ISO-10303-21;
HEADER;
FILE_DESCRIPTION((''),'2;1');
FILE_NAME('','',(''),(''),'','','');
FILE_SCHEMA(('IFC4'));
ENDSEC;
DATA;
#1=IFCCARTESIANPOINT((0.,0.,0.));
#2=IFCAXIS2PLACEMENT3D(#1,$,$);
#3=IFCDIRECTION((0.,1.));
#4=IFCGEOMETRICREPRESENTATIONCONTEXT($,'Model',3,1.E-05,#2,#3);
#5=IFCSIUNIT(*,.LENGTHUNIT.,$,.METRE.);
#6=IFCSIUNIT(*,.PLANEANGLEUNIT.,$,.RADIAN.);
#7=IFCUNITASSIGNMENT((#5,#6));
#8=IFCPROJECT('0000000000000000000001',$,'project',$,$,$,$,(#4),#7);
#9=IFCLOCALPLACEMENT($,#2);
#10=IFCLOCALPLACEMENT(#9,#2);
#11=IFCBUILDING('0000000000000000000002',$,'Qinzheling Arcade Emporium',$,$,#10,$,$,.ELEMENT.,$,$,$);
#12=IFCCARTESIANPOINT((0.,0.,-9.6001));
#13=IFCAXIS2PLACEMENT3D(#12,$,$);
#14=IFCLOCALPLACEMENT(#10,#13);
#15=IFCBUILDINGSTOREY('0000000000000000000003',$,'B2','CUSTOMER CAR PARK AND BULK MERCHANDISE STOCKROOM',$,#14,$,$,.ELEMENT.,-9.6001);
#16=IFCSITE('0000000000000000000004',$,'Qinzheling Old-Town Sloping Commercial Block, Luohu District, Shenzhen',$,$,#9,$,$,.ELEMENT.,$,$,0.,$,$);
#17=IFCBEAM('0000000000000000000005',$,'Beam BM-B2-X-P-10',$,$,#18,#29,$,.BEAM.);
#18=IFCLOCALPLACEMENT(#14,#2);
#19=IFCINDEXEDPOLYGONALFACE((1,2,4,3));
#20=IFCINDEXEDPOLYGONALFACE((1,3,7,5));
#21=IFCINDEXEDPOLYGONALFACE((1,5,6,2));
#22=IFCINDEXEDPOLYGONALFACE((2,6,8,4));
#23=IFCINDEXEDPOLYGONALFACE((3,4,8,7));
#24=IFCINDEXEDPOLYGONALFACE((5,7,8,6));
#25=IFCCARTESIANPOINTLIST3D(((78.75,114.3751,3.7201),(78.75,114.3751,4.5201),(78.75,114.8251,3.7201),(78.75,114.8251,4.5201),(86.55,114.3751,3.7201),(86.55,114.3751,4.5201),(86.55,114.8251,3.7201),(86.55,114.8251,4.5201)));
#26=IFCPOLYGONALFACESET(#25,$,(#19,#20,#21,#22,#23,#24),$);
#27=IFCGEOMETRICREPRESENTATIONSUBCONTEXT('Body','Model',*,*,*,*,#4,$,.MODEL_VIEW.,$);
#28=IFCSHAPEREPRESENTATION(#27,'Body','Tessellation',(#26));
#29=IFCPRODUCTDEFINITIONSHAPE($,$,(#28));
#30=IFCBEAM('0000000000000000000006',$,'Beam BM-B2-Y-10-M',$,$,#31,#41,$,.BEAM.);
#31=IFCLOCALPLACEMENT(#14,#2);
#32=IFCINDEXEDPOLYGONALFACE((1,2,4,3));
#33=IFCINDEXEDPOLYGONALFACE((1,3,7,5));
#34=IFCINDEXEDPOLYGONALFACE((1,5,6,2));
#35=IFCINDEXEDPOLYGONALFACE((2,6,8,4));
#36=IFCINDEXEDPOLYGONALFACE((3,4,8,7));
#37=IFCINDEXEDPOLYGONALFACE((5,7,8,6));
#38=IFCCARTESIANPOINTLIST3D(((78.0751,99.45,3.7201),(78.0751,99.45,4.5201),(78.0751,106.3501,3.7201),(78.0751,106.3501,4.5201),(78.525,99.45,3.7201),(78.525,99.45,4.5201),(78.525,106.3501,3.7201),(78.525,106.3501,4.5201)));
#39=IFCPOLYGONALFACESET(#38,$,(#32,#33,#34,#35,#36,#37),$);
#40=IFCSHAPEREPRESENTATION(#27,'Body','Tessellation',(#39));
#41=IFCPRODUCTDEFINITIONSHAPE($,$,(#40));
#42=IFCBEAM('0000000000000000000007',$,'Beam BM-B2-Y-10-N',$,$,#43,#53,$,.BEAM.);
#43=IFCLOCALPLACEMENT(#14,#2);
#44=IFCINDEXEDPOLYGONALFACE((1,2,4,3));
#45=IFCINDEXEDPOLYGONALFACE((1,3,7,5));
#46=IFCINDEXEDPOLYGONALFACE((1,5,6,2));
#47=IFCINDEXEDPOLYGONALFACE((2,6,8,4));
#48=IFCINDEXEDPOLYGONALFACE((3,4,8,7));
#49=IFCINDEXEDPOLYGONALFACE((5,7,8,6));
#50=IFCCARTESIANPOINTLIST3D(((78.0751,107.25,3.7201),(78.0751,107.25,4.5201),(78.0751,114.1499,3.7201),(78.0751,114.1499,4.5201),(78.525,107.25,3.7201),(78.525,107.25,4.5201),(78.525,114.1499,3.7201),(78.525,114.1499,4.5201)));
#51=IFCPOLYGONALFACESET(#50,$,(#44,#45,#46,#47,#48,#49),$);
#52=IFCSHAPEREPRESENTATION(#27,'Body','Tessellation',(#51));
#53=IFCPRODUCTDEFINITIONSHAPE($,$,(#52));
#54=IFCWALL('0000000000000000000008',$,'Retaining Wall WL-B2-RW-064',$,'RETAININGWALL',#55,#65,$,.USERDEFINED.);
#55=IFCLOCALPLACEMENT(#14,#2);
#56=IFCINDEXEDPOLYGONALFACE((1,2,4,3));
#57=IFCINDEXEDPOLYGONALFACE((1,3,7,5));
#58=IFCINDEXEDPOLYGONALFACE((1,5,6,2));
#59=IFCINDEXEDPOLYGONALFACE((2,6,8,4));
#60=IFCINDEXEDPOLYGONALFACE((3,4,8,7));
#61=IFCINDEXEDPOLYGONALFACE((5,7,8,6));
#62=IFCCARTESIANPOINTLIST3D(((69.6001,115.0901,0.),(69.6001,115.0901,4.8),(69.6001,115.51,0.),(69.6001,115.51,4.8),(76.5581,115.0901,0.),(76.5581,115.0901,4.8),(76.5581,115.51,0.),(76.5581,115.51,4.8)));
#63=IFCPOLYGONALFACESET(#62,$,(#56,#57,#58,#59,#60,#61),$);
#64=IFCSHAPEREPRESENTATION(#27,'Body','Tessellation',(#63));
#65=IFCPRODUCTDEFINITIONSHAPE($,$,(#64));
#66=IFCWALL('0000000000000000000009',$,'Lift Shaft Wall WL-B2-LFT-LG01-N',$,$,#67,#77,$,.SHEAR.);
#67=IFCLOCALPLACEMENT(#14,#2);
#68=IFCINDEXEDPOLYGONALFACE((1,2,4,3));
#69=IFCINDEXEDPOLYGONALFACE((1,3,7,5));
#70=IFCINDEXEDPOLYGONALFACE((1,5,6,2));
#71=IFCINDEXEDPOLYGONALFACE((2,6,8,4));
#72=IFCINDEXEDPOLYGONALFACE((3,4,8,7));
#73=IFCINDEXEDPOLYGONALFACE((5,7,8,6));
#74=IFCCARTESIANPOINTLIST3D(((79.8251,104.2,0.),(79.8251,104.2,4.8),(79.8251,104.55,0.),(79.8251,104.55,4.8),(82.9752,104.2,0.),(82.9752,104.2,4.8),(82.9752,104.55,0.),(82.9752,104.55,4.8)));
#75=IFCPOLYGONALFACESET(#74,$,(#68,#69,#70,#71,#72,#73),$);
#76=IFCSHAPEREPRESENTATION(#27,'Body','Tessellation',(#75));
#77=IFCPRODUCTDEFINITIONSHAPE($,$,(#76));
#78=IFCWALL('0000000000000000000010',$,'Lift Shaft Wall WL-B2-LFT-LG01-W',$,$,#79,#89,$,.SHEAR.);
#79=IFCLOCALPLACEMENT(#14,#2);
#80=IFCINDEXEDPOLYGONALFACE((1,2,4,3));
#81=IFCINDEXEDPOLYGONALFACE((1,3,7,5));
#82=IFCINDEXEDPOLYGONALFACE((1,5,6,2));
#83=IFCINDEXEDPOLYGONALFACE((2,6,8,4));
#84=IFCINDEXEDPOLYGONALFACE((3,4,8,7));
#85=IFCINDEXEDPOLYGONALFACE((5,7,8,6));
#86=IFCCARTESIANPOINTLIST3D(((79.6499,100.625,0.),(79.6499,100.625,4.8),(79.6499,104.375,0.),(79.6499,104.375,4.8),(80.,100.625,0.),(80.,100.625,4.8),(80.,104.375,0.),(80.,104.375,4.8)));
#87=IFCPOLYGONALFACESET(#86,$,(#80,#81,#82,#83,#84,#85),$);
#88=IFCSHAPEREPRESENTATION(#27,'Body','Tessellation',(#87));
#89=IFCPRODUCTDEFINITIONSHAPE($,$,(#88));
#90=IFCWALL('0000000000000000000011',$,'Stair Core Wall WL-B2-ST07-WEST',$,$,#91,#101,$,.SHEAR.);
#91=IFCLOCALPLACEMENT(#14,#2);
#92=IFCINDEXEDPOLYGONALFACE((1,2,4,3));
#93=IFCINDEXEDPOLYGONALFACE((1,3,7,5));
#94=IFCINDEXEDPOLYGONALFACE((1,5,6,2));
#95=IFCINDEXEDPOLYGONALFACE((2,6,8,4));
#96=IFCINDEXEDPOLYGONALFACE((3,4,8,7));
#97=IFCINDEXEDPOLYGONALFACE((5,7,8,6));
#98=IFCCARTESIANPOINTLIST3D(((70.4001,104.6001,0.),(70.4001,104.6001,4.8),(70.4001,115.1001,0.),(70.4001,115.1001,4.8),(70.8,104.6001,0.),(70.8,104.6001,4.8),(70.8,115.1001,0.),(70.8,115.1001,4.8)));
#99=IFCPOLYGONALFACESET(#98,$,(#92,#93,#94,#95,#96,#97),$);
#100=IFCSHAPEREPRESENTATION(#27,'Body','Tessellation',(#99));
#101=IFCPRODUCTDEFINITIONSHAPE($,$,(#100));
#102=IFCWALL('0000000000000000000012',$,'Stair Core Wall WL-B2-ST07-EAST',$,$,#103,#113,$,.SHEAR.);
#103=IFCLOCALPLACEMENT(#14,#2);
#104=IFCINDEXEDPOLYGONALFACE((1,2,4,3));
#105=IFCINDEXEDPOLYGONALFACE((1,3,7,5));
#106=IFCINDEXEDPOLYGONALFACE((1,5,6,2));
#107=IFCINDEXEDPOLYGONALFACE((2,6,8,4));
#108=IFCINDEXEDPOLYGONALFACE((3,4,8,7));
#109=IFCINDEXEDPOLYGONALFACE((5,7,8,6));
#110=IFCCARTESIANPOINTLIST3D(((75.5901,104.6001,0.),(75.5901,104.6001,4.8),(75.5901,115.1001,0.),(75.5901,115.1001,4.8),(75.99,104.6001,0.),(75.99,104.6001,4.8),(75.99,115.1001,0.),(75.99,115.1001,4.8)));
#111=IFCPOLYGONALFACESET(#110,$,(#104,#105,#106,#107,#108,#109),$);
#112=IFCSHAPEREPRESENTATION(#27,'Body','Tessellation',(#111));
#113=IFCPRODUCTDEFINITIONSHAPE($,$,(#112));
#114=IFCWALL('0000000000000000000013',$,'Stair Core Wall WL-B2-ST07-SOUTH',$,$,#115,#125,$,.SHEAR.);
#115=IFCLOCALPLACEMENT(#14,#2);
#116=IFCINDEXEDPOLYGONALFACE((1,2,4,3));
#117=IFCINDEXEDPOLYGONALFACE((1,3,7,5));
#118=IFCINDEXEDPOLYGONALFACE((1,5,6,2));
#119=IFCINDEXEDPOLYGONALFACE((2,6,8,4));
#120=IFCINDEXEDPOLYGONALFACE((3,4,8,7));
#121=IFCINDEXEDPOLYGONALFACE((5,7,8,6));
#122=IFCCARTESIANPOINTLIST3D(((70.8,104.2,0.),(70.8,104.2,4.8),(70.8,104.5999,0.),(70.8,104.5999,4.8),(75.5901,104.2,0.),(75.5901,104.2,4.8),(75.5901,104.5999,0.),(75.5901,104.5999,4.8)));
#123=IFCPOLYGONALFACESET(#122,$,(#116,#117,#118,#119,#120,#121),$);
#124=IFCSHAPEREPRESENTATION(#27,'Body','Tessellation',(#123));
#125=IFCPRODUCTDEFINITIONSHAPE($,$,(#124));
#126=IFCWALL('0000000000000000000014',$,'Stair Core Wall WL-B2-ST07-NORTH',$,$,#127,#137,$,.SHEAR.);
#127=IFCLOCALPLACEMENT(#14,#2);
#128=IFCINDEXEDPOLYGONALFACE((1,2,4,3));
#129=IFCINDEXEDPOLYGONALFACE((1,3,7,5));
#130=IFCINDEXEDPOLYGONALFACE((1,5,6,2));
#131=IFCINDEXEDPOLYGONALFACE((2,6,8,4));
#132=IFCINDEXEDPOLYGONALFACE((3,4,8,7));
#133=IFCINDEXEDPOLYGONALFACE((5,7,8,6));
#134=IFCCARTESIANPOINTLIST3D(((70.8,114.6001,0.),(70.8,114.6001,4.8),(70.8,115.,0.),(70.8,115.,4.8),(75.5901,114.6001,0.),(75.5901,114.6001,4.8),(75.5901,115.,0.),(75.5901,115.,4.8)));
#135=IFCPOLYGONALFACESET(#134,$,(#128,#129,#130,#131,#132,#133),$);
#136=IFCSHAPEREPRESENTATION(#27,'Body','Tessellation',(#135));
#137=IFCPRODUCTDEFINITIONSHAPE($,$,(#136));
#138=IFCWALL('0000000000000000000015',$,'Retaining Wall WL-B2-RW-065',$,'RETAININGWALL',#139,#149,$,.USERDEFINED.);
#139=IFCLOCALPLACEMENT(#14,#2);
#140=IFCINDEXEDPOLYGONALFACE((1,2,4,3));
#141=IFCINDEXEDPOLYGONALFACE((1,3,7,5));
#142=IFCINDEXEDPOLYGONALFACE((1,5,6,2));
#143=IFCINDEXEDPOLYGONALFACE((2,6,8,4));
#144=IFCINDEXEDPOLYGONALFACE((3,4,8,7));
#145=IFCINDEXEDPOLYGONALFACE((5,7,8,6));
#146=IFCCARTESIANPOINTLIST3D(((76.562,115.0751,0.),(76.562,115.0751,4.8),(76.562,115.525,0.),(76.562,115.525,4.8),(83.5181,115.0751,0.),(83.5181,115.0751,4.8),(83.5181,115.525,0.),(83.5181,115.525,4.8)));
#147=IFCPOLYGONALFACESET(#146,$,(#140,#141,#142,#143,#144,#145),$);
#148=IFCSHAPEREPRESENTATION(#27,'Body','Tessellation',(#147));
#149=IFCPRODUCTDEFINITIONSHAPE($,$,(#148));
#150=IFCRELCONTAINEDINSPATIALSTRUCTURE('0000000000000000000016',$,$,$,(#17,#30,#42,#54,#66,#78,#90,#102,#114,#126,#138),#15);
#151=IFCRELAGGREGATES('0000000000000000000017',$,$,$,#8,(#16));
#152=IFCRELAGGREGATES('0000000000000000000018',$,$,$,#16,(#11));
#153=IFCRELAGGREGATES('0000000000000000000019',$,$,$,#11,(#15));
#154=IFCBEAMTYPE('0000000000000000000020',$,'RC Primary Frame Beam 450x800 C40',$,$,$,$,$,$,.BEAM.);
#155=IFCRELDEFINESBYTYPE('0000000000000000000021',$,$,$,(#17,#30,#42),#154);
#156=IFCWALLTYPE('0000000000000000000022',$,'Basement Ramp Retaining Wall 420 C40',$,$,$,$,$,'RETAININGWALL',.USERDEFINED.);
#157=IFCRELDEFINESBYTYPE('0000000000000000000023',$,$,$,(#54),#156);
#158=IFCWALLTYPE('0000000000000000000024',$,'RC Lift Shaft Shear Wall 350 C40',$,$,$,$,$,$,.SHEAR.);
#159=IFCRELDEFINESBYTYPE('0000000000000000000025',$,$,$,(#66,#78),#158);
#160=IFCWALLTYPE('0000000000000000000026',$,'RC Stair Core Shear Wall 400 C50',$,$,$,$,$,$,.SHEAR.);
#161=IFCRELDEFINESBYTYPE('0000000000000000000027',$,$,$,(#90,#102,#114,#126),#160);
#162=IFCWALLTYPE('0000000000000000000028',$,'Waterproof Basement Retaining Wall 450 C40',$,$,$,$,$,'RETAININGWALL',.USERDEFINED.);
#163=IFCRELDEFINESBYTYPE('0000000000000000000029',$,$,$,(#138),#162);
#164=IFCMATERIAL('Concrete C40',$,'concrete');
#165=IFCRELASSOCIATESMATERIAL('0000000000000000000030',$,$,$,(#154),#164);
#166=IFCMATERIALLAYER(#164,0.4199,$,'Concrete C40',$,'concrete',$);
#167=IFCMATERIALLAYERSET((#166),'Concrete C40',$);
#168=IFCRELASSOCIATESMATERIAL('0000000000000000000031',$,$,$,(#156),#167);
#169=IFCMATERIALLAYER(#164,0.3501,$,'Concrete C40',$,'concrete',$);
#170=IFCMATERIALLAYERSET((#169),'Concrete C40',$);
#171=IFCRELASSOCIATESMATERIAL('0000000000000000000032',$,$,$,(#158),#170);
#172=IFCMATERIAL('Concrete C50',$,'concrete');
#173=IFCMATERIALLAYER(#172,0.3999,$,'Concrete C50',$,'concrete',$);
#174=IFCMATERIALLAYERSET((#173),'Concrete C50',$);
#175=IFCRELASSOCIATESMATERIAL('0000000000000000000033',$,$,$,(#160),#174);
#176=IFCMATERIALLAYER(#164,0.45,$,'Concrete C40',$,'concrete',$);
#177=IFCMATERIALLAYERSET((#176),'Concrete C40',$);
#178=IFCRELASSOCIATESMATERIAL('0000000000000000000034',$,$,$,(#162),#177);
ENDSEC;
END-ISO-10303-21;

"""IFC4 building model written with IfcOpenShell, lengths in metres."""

from ifc_helpers import new_model, si_unit, direction, frame, frame_2d, origin, origin_2d, place, context, subcontext, project, spatial, rectangle, extrude, material, layer, layer_set, material_profile, profile_set, type_object, element, save


model = new_model("IFC4")

# Units and contexts
model_context = context("Model", 3, precision=1e-05, world=origin(), true_north=direction((0.0, 1.0)))
body_context = subcontext(model_context, "Body", "Model", "MODEL_VIEW")
ifc_project = project(units=[si_unit("LENGTHUNIT", "METRE"), si_unit("PLANEANGLEUNIT", "RADIAN")], contexts=[model_context])

# Site, building, storey
site_placement = place(None, origin())
site = spatial("IfcSite", under=ifc_project, at=site_placement, Name="Qinzheling Old-Town Sloping Commercial Block, Luohu District, Shenzhen", CompositionType="ELEMENT", RefElevation=0.0)
building_placement = place(site_placement, origin())
building = spatial("IfcBuilding", under=site, at=building_placement, Name="Qinzheling Arcade Emporium", CompositionType="ELEMENT")
storey_placement = place(building_placement, frame((0.0, 0.0, -9.6001)))
storey = spatial("IfcBuildingStorey", under=building, at=storey_placement, Name="B2", Description="CUSTOMER CAR PARK AND BULK MERCHANDISE STOCKROOM", CompositionType="ELEMENT", Elevation=-9.6001)

# Shared definitions
ifc_material_1 = material(Name="Concrete C40", Category="concrete")

# Shared definitions
ifc_material_2 = material(Name="Concrete C50", Category="concrete")

# Beams
ifc_material_profile_1 = material_profile(ifc_material_1, rectangle(XDim=0.45, YDim=0.8, at=origin_2d()), Name="RC 450x800", Category="concrete")
ifc_profile_set_1 = profile_set([ifc_material_profile_1], Name="Concrete C40")
beam_type = type_object("IfcBeamType", Name="RC Primary Frame Beam 450x800 C40", PredefinedType="BEAM", material=ifc_profile_set_1)
for number, where, z_axis, x_axis, name in (
    (1, (78.75, 114.6001, 4.1201), (1.0, 0.0, 0.0), (0.0, 1.0, 0.0), "Beam BM-B2-X-P-10"),
):
    element("IfcBeam", number, at=place(storey_placement, frame(where, z_axis=z_axis, x_axis=x_axis)), inside=storey, type_object=beam_type, Name=name, PredefinedType="BEAM", context=body_context, shape_type="SweptSolid", body=[
        extrude(rectangle(XDim=0.45, YDim=0.8, at=origin_2d()), origin(), (0.0, 0.0, 1.0), 7.8),
    ])
beam_1_placement = place(storey_placement, frame((78.3, 99.45, 4.1201), z_axis=(0.0, 1.0, 0.0), x_axis=(-1.0, 0.0, 0.0)))
element("IfcBeam", 2, at=beam_1_placement, inside=storey, type_object=beam_type, Name="Beam BM-B2-Y-10-M", PredefinedType="BEAM", context=body_context, shape_type="SweptSolid", body=[
    extrude(rectangle(XDim=0.45, YDim=0.8, at=origin_2d()), origin(), (0.0, 0.0, 1.0), 6.9001),
])
beam_2_placement = place(storey_placement, frame((78.3, 107.25, 4.1201), z_axis=(0.0, 1.0, 0.0), x_axis=(-1.0, 0.0, 0.0)))
element("IfcBeam", 3, at=beam_2_placement, inside=storey, type_object=beam_type, Name="Beam BM-B2-Y-10-N", PredefinedType="BEAM", context=body_context, shape_type="SweptSolid", body=[
    extrude(rectangle(XDim=0.45, YDim=0.8, at=origin_2d()), origin(), (0.0, 0.0, 1.0), 6.8999),
])

# Walls
ifc_layer_1 = layer(ifc_material_1, 0.4199, Name="Concrete C40", Category="concrete")
ifc_layer_set_1 = layer_set([ifc_layer_1], Name="Concrete C40")
wall_type_1 = type_object("IfcWallType", Name="Basement Ramp Retaining Wall 420 C40", ElementType="RETAININGWALL", PredefinedType="USERDEFINED", material=ifc_layer_set_1)
wall_1_placement = place(storey_placement, frame((69.6001, 115.3, 0.0), z_axis=(0.0, 0.0, 1.0), x_axis=(1.0, 0.0, 0.0)))
element("IfcWall", 4, at=wall_1_placement, inside=storey, type_object=wall_type_1, Name="Retaining Wall WL-B2-RW-064", ObjectType="RETAININGWALL", PredefinedType="USERDEFINED", context=body_context, shape_type="SweptSolid", body=[
    extrude(rectangle(XDim=6.958, YDim=0.4199, at=frame_2d((3.479, 0.0))), origin(), (0.0, 0.0, 1.0), 4.8),
])
ifc_layer_2 = layer(ifc_material_1, 0.3501, Name="Concrete C40", Category="concrete")
ifc_layer_set_2 = layer_set([ifc_layer_2], Name="Concrete C40")
wall_type_2 = type_object("IfcWallType", Name="RC Lift Shaft Shear Wall 350 C40", PredefinedType="SHEAR", material=ifc_layer_set_2)
wall_2_placement = place(storey_placement, frame((79.825, 104.375, 0.0), z_axis=(0.0, 0.0, 1.0), x_axis=(1.0, 0.0, 0.0)))
element("IfcWall", 5, at=wall_2_placement, inside=storey, type_object=wall_type_2, Name="Lift Shaft Wall WL-B2-LFT-LG01-N", PredefinedType="SHEAR", context=body_context, shape_type="SweptSolid", body=[
    extrude(rectangle(XDim=3.1501, YDim=0.3501, at=frame_2d((1.5752, 0.0))), origin(), (0.0, 0.0, 1.0), 4.8),
])
wall_3_placement = place(storey_placement, frame((79.825, 100.625, 0.0), z_axis=(0.0, 0.0, 1.0), x_axis=(0.0, 1.0, 0.0)))
element("IfcWall", 6, at=wall_3_placement, inside=storey, type_object=wall_type_2, Name="Lift Shaft Wall WL-B2-LFT-LG01-W", PredefinedType="SHEAR", context=body_context, shape_type="SweptSolid", body=[
    extrude(rectangle(XDim=3.75, YDim=0.3501, at=frame_2d((1.875, 0.0))), origin(), (0.0, 0.0, 1.0), 4.8),
])
ifc_layer_3 = layer(ifc_material_2, 0.3999, Name="Concrete C50", Category="concrete")
ifc_layer_set_3 = layer_set([ifc_layer_3], Name="Concrete C50")
wall_type_3 = type_object("IfcWallType", Name="RC Stair Core Shear Wall 400 C50", PredefinedType="SHEAR", material=ifc_layer_set_3)
for number, where, z_axis, x_axis, name in (
    (7, (70.6001, 104.6001, 0.0), (0.0, 0.0, 1.0), (0.0, 1.0, 0.0), "Stair Core Wall WL-B2-ST07-WEST"),
    (8, (75.79, 115.1001, 0.0), (0.0, 0.0, 1.0), (0.0, -1.0, 0.0), "Stair Core Wall WL-B2-ST07-EAST"),
):
    element("IfcWall", number, at=place(storey_placement, frame(where, z_axis=z_axis, x_axis=x_axis)), inside=storey, type_object=wall_type_3, Name=name, PredefinedType="SHEAR", context=body_context, shape_type="SweptSolid", body=[
        extrude(rectangle(XDim=10.5, YDim=0.3999, at=frame_2d((5.25, 0.0))), origin(), (0.0, 0.0, 1.0), 4.8),
    ])
for number, where, z_axis, x_axis, name in (
    (9, (75.5901, 104.3999, 0.0), (0.0, 0.0, 1.0), (-1.0, 0.0, 0.0), "Stair Core Wall WL-B2-ST07-SOUTH"),
    (10, (70.8, 114.8, 0.0), (0.0, 0.0, 1.0), (1.0, 0.0, 0.0), "Stair Core Wall WL-B2-ST07-NORTH"),
):
    element("IfcWall", number, at=place(storey_placement, frame(where, z_axis=z_axis, x_axis=x_axis)), inside=storey, type_object=wall_type_3, Name=name, PredefinedType="SHEAR", context=body_context, shape_type="SweptSolid", body=[
        extrude(rectangle(XDim=4.79, YDim=0.3999, at=frame_2d((2.395, 0.0))), origin(), (0.0, 0.0, 1.0), 4.8),
    ])
ifc_layer_4 = layer(ifc_material_1, 0.45, Name="Concrete C40", Category="concrete")
ifc_layer_set_4 = layer_set([ifc_layer_4], Name="Concrete C40")
wall_type_4 = type_object("IfcWallType", Name="Waterproof Basement Retaining Wall 450 C40", ElementType="RETAININGWALL", PredefinedType="USERDEFINED", material=ifc_layer_set_4)
wall_4_placement = place(storey_placement, frame((76.562, 115.3, 0.0), z_axis=(0.0, 0.0, 1.0), x_axis=(1.0, 0.0, 0.0)))
element("IfcWall", 11, at=wall_4_placement, inside=storey, type_object=wall_type_4, Name="Retaining Wall WL-B2-RW-065", ObjectType="RETAININGWALL", PredefinedType="USERDEFINED", context=body_context, shape_type="SweptSolid", body=[
    extrude(rectangle(XDim=6.9561, YDim=0.45, at=frame_2d((3.478, 0.0))), origin(), (0.0, 0.0, 1.0), 4.8),
])

save(model, "model.ifc")
